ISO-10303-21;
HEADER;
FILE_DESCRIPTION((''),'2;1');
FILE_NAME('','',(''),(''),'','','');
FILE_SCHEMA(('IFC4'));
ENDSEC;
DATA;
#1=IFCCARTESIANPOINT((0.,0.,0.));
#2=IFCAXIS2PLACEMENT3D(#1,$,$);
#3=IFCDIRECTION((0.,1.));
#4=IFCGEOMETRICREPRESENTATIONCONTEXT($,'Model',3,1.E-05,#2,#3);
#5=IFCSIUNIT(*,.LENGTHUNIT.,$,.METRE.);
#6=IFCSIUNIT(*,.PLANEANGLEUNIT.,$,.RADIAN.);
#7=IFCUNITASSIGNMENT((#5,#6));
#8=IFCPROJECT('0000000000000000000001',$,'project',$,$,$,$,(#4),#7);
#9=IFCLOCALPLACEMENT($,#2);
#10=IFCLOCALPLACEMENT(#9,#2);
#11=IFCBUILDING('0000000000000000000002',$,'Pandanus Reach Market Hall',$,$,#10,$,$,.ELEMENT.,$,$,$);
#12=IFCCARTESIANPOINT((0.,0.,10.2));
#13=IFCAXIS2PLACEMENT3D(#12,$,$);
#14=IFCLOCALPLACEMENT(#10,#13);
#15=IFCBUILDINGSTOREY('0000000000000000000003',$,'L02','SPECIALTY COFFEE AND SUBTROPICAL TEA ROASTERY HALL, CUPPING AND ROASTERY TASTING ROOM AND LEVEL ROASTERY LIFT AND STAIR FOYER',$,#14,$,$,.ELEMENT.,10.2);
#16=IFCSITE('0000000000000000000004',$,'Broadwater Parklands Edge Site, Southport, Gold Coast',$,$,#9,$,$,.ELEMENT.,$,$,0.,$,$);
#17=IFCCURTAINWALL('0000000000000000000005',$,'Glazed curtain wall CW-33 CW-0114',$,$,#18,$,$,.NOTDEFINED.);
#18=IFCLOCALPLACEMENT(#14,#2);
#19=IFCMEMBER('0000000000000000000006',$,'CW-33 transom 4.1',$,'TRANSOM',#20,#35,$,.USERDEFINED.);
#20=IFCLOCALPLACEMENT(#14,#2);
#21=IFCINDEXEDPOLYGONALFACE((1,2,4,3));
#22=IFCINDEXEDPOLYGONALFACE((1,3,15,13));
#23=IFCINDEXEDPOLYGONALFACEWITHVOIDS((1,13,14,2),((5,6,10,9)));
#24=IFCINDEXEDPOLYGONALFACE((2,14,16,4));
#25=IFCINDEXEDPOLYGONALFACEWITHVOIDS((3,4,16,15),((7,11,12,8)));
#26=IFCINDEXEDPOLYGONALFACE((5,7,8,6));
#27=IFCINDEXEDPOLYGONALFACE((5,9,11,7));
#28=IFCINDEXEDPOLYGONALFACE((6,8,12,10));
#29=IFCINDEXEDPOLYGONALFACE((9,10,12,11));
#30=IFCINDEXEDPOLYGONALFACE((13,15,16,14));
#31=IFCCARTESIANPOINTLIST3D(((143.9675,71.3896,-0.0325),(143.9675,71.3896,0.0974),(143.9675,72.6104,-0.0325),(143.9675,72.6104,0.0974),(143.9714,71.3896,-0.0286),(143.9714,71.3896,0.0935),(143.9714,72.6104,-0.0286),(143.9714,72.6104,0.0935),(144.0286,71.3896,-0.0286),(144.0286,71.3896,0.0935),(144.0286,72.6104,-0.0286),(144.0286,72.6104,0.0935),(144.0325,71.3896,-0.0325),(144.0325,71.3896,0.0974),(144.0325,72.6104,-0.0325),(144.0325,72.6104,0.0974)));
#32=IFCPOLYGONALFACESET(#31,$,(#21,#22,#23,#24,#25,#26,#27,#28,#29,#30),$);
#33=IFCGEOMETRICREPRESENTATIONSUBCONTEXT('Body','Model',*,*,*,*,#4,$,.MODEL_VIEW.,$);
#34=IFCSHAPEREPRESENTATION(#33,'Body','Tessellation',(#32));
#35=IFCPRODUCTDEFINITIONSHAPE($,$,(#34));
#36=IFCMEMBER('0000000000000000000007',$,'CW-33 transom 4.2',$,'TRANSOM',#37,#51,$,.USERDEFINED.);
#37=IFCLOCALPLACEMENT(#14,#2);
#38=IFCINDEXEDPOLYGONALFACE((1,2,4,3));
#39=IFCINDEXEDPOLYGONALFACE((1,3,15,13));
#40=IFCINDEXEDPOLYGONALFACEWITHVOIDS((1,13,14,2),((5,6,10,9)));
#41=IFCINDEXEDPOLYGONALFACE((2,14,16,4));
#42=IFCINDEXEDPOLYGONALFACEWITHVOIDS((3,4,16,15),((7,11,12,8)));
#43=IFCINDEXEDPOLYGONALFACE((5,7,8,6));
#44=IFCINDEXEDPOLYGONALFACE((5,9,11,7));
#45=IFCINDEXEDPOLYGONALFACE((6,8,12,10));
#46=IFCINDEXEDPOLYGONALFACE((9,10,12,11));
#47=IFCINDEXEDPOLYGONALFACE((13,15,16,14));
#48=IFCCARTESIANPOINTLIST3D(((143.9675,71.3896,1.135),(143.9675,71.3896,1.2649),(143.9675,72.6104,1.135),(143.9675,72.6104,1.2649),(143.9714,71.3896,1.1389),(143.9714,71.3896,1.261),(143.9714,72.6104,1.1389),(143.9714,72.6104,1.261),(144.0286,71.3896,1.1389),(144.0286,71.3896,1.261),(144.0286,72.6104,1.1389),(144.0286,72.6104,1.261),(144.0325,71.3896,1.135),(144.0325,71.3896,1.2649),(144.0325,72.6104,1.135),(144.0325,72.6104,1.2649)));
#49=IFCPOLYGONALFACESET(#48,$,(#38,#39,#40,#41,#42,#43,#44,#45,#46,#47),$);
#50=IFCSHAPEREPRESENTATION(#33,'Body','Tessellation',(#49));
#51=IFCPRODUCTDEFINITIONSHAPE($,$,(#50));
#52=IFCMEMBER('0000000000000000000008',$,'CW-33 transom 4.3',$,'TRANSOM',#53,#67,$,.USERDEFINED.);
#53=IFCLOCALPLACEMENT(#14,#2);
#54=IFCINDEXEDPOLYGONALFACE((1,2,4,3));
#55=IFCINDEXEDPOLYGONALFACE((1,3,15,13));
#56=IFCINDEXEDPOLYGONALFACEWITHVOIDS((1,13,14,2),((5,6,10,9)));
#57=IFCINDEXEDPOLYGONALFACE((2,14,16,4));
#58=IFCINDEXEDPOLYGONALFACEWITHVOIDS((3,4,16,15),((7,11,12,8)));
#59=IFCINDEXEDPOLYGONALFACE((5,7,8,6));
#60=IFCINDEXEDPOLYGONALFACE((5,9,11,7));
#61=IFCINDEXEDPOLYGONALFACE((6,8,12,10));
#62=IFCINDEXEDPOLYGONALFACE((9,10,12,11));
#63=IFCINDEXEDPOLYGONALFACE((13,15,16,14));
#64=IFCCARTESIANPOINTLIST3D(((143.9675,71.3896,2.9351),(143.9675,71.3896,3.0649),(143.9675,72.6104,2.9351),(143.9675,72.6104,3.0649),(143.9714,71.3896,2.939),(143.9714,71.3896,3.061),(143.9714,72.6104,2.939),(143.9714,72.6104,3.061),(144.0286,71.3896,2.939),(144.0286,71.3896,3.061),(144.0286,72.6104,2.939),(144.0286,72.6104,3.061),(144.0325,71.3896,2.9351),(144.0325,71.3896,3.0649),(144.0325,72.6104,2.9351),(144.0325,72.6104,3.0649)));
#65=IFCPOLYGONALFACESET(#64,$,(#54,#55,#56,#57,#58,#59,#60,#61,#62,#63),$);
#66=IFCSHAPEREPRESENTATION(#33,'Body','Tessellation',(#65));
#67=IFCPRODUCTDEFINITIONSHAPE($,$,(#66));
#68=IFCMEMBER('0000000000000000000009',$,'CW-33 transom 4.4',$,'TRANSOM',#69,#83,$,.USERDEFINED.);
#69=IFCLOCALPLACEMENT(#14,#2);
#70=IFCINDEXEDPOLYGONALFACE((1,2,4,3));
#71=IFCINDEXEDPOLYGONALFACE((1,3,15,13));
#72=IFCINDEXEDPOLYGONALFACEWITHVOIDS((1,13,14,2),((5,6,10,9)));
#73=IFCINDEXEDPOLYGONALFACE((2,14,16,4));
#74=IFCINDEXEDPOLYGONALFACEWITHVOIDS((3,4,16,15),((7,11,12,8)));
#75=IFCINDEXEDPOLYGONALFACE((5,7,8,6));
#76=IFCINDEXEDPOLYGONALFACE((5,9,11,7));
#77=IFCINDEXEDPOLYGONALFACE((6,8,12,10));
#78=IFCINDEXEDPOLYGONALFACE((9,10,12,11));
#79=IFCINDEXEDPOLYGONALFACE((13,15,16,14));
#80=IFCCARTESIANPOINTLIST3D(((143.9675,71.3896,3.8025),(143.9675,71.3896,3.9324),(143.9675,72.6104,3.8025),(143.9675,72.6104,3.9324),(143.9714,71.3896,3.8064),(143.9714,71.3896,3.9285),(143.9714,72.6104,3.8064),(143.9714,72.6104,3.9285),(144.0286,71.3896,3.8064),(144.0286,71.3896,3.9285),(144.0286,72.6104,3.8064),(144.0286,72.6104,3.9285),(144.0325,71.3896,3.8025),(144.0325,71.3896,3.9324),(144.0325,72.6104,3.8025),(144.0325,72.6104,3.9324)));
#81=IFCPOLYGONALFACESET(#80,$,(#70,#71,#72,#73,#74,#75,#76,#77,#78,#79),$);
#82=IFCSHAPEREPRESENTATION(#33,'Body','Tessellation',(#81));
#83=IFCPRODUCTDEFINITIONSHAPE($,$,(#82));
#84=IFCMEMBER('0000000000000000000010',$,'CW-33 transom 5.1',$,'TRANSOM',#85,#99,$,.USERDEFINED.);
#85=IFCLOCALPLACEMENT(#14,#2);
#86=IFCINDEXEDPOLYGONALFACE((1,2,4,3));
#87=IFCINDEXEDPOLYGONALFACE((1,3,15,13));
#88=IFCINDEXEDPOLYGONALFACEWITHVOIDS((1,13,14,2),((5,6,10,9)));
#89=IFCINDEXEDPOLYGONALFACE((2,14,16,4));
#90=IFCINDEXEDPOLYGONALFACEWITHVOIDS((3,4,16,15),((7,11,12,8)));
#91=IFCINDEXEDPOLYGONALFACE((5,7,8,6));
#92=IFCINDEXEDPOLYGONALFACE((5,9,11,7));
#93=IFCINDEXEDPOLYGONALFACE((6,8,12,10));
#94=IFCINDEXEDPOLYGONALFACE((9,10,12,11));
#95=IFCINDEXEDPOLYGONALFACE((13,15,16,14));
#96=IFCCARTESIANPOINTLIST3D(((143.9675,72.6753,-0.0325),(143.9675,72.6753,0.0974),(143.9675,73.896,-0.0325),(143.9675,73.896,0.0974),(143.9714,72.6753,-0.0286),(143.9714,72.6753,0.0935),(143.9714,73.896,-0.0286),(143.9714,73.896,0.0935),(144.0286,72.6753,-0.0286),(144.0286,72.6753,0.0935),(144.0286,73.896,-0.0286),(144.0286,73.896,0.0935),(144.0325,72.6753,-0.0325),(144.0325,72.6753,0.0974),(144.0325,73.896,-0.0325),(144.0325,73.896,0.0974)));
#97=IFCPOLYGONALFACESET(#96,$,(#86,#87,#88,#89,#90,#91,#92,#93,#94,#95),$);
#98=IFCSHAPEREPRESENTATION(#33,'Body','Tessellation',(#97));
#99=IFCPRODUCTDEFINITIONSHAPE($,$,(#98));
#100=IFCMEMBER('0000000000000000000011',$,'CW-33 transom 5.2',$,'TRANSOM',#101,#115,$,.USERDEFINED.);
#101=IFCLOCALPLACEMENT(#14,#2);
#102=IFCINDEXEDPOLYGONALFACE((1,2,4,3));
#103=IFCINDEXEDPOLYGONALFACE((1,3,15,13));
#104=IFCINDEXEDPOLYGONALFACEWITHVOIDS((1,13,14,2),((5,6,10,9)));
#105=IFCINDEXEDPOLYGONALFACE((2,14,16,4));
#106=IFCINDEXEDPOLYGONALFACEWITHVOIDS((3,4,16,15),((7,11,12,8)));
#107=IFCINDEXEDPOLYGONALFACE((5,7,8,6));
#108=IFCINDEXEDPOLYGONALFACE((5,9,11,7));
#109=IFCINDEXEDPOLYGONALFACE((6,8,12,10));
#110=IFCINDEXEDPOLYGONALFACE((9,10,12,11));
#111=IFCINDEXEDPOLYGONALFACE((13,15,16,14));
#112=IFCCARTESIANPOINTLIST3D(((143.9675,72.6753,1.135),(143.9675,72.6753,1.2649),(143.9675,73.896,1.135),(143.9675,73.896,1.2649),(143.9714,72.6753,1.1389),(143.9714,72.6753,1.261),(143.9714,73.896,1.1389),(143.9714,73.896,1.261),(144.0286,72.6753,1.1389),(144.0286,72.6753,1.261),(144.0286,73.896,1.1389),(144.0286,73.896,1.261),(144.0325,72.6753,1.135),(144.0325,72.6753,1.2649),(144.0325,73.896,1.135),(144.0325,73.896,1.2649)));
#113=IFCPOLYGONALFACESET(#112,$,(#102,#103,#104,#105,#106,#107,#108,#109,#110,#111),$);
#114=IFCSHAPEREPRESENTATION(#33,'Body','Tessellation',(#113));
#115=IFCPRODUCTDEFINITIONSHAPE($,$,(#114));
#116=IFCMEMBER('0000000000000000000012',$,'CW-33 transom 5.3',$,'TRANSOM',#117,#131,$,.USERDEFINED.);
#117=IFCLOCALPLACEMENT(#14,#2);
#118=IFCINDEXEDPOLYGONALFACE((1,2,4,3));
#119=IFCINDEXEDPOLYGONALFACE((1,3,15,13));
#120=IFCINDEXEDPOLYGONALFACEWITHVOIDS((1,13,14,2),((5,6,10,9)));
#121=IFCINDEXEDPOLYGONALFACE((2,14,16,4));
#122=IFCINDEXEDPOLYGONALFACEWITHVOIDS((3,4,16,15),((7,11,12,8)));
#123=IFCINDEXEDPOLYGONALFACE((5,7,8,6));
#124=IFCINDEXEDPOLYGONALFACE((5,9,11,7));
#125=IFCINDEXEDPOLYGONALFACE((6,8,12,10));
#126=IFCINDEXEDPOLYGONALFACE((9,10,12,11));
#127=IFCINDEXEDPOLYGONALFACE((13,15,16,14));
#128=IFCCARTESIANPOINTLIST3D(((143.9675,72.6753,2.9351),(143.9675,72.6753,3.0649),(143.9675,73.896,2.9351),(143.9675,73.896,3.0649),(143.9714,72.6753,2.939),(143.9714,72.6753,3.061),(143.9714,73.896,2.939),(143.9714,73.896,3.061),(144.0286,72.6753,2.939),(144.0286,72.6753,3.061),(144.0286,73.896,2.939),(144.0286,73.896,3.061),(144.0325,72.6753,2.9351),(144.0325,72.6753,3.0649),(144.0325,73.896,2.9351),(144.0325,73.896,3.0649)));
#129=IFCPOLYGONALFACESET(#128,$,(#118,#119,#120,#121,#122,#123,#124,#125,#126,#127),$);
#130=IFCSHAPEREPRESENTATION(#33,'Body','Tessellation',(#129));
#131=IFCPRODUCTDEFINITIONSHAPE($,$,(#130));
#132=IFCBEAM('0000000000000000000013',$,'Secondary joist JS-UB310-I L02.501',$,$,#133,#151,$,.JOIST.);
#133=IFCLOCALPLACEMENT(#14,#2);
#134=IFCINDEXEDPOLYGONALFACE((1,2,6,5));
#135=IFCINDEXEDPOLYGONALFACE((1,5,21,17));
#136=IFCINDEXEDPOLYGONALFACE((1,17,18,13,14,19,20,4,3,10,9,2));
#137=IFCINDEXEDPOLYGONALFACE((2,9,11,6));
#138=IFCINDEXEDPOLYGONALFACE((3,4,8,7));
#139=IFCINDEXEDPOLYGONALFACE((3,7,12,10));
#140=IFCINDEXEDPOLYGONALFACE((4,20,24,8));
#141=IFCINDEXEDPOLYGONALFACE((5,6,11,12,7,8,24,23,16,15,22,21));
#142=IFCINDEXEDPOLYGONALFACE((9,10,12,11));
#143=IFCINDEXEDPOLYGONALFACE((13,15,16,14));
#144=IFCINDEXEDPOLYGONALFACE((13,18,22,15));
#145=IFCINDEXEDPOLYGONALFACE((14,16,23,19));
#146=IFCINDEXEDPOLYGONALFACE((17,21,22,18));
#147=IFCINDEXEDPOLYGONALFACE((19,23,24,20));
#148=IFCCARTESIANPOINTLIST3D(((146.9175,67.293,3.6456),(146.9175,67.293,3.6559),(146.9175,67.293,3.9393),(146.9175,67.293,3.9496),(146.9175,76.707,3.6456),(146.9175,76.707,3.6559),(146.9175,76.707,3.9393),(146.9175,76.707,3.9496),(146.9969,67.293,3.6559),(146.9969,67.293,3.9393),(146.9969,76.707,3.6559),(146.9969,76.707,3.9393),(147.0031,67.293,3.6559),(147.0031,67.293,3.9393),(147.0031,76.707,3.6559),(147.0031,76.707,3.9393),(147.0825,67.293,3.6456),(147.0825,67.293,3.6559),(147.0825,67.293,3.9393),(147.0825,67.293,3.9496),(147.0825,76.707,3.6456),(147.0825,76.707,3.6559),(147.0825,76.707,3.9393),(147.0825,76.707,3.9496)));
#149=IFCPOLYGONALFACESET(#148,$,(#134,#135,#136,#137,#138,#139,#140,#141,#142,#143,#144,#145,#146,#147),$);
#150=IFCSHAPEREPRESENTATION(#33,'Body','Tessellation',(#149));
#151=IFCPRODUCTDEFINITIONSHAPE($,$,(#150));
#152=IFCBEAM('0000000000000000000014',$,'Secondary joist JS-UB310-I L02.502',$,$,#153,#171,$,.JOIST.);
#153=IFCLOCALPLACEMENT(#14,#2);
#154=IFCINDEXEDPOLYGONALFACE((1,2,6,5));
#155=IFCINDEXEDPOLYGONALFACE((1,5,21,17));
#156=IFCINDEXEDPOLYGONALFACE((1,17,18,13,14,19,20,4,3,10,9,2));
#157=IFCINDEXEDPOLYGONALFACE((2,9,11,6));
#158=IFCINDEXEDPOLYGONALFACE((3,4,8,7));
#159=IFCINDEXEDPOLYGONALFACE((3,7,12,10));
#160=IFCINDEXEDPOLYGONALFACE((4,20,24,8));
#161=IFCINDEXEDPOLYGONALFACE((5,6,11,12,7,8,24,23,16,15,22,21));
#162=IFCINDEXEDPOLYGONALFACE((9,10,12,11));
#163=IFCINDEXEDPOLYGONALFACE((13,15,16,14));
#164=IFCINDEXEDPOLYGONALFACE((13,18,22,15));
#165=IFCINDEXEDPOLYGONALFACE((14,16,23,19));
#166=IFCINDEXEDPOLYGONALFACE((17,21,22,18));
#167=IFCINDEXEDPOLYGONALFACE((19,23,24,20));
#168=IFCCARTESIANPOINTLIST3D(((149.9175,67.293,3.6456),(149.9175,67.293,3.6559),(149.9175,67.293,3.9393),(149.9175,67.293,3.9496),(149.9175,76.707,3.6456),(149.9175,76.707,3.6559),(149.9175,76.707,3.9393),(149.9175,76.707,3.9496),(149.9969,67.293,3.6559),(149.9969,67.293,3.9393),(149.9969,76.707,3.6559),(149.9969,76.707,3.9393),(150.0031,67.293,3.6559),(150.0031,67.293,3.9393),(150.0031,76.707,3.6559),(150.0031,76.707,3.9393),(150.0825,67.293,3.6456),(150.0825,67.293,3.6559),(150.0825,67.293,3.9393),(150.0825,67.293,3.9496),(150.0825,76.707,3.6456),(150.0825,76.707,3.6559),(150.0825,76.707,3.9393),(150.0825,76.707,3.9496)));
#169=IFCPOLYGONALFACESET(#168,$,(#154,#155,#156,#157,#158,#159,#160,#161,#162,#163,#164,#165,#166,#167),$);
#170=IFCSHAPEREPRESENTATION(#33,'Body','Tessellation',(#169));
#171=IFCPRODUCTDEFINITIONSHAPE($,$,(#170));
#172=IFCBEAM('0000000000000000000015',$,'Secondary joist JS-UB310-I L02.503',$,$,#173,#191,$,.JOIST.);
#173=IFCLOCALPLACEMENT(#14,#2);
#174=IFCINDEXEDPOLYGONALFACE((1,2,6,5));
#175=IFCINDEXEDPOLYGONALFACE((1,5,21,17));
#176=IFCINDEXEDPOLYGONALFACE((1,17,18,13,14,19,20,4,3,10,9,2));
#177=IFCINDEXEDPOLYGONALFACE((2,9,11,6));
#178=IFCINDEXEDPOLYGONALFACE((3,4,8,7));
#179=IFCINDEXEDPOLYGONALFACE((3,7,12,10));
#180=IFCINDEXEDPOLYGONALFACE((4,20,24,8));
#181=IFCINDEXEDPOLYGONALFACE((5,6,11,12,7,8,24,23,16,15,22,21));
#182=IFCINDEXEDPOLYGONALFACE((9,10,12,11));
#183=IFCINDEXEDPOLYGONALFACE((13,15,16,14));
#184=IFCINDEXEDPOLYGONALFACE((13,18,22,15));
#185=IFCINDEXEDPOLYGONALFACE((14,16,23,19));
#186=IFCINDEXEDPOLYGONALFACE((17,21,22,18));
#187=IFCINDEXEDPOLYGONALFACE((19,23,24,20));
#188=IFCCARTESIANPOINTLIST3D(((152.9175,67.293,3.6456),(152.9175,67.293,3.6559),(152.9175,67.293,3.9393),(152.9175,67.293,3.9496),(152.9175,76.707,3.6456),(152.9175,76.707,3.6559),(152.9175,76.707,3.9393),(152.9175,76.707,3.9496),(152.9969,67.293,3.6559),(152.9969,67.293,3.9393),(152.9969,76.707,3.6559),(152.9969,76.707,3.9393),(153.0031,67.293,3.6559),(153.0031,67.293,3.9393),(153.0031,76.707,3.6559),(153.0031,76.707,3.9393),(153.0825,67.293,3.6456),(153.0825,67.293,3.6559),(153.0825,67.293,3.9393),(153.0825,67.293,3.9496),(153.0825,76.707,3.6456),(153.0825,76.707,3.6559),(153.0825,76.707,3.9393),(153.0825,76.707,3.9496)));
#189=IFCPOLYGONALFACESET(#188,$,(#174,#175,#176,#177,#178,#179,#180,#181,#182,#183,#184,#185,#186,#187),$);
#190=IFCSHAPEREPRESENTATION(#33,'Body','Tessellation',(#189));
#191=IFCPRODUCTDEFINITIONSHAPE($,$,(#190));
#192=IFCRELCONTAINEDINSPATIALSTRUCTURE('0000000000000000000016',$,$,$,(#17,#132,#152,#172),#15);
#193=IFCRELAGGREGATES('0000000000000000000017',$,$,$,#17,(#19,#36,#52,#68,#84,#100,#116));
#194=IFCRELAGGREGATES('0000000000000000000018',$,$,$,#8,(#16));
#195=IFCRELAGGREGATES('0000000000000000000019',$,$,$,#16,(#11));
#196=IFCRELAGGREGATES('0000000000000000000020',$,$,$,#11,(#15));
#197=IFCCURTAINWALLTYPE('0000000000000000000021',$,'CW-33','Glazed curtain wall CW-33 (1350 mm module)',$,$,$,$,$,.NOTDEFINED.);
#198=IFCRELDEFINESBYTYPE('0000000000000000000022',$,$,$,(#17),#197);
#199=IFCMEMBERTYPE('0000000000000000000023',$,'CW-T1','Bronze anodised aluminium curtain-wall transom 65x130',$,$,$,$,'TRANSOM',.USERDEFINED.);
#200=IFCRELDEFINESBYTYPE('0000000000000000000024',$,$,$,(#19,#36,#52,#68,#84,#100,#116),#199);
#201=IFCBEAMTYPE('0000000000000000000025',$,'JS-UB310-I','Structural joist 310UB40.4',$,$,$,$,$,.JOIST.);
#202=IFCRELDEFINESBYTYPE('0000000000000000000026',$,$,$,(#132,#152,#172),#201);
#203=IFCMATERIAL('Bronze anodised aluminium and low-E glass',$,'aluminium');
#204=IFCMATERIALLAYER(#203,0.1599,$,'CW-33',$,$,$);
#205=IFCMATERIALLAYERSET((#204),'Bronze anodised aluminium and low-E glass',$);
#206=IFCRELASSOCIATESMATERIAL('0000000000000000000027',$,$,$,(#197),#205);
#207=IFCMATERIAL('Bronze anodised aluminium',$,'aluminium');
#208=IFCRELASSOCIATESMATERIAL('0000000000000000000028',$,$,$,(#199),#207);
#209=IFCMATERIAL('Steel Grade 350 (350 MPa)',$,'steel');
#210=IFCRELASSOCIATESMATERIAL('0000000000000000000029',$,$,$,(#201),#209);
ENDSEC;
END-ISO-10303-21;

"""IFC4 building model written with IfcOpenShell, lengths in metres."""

from ifc_helpers import new_model, si_unit, direction, frame, origin, origin_2d, place, context, subcontext, project, spatial, hollow_rectangle, i_section, extrude, material, layer, layer_set, material_profile, profile_set, type_object, element, aggregate, save


model = new_model("IFC4")

# Units and contexts
model_context = context("Model", 3, precision=1e-05, world=origin(), true_north=direction((0.0, 1.0)))
body_context = subcontext(model_context, "Body", "Model", "MODEL_VIEW")
ifc_project = project(units=[si_unit("LENGTHUNIT", "METRE"), si_unit("PLANEANGLEUNIT", "RADIAN")], contexts=[model_context])

# Site, building, storey
site_placement = place(None, origin())
site = spatial("IfcSite", under=ifc_project, at=site_placement, Name="Broadwater Parklands Edge Site, Southport, Gold Coast", CompositionType="ELEMENT", RefElevation=0.0)
building_placement = place(site_placement, origin())
building = spatial("IfcBuilding", under=site, at=building_placement, Name="Pandanus Reach Market Hall", CompositionType="ELEMENT")
storey_placement = place(building_placement, frame((0.0, 0.0, 10.2)))
storey = spatial("IfcBuildingStorey", under=building, at=storey_placement, Name="L02", Description="SPECIALTY COFFEE AND SUBTROPICAL TEA ROASTERY HALL, CUPPING AND ROASTERY TASTING ROOM AND LEVEL ROASTERY LIFT AND STAIR FOYER", CompositionType="ELEMENT", Elevation=10.2)

# Shared definitions
ifc_material_1 = material(Name="Steel Grade 350 (350 MPa)", Category="steel")

# Curtain wall, members
ifc_material_2 = material(Name="Bronze anodised aluminium and low-E glass", Category="aluminium")
ifc_layer_1 = layer(ifc_material_2, 0.1599, Name="CW-33")
ifc_layer_set_1 = layer_set([ifc_layer_1], Name="Bronze anodised aluminium and low-E glass")
curtain_wall_type = type_object("IfcCurtainWallType", Name="CW-33", Description="Glazed curtain wall CW-33 (1350 mm module)", PredefinedType="NOTDEFINED", material=ifc_layer_set_1)
curtain_wall_placement = place(storey_placement, origin())
curtain_wall = element("IfcCurtainWall", 1, at=curtain_wall_placement, inside=storey, type_object=curtain_wall_type, Name="Glazed curtain wall CW-33 CW-0114", PredefinedType="NOTDEFINED")
ifc_material_3 = material(Name="Bronze anodised aluminium", Category="aluminium")
ifc_material_profile_1 = material_profile(ifc_material_3, hollow_rectangle(XDim=0.0649, YDim=0.1299, WallThickness=0.0039, at=origin_2d()), Name="ALU65x130", Category="LoadBearing")
ifc_profile_set_1 = profile_set([ifc_material_profile_1], Name="Bronze anodised aluminium")
member_type_1 = type_object("IfcMemberType", Name="CW-T1", Description="Bronze anodised aluminium curtain-wall transom 65x130", ElementType="TRANSOM", PredefinedType="USERDEFINED", material=ifc_profile_set_1)
member_1_placement = place(storey_placement, frame((144.0, 71.3896, 0.0325), z_axis=(0.0, 1.0, 0.0), x_axis=(-1.0, 0.0, 0.0)))
member_1 = element("IfcMember", 2, at=member_1_placement, type_object=member_type_1, Name="CW-33 transom 4.1", ObjectType="TRANSOM", PredefinedType="USERDEFINED", context=body_context, shape_type="SweptSolid", body=[
    extrude(hollow_rectangle(XDim=0.0649, YDim=0.1299, WallThickness=0.0039, at=origin_2d()), origin(), (0.0, 0.0, 1.0), 1.2207),
])
member_2_placement = place(storey_placement, frame((144.0, 71.3896, 1.2), z_axis=(0.0, 1.0, 0.0), x_axis=(-1.0, 0.0, 0.0)))
member_2 = element("IfcMember", 3, at=member_2_placement, type_object=member_type_1, Name="CW-33 transom 4.2", ObjectType="TRANSOM", PredefinedType="USERDEFINED", context=body_context, shape_type="SweptSolid", body=[
    extrude(hollow_rectangle(XDim=0.0649, YDim=0.1299, WallThickness=0.0039, at=origin_2d()), origin(), (0.0, 0.0, 1.0), 1.2207),
])
member_3_placement = place(storey_placement, frame((144.0, 71.3896, 3.0), z_axis=(0.0, 1.0, 0.0), x_axis=(-1.0, 0.0, 0.0)))
member_3 = element("IfcMember", 4, at=member_3_placement, type_object=member_type_1, Name="CW-33 transom 4.3", ObjectType="TRANSOM", PredefinedType="USERDEFINED", context=body_context, shape_type="SweptSolid", body=[
    extrude(hollow_rectangle(XDim=0.0649, YDim=0.1299, WallThickness=0.0039, at=origin_2d()), origin(), (0.0, 0.0, 1.0), 1.2207),
])
member_4_placement = place(storey_placement, frame((144.0, 71.3896, 3.8674), z_axis=(0.0, 1.0, 0.0), x_axis=(-1.0, 0.0, 0.0)))
member_4 = element("IfcMember", 5, at=member_4_placement, type_object=member_type_1, Name="CW-33 transom 4.4", ObjectType="TRANSOM", PredefinedType="USERDEFINED", context=body_context, shape_type="SweptSolid", body=[
    extrude(hollow_rectangle(XDim=0.0649, YDim=0.1299, WallThickness=0.0039, at=origin_2d()), origin(), (0.0, 0.0, 1.0), 1.2207),
])
member_5_placement = place(storey_placement, frame((144.0, 72.6753, 0.0325), z_axis=(0.0, 1.0, 0.0), x_axis=(-1.0, 0.0, 0.0)))
member_5 = element("IfcMember", 6, at=member_5_placement, type_object=member_type_1, Name="CW-33 transom 5.1", ObjectType="TRANSOM", PredefinedType="USERDEFINED", context=body_context, shape_type="SweptSolid", body=[
    extrude(hollow_rectangle(XDim=0.0649, YDim=0.1299, WallThickness=0.0039, at=origin_2d()), origin(), (0.0, 0.0, 1.0), 1.2207),
])
member_6_placement = place(storey_placement, frame((144.0, 72.6753, 1.2), z_axis=(0.0, 1.0, 0.0), x_axis=(-1.0, 0.0, 0.0)))
member_6 = element("IfcMember", 7, at=member_6_placement, type_object=member_type_1, Name="CW-33 transom 5.2", ObjectType="TRANSOM", PredefinedType="USERDEFINED", context=body_context, shape_type="SweptSolid", body=[
    extrude(hollow_rectangle(XDim=0.0649, YDim=0.1299, WallThickness=0.0039, at=origin_2d()), origin(), (0.0, 0.0, 1.0), 1.2207),
])
member_7_placement = place(storey_placement, frame((144.0, 72.6753, 3.0), z_axis=(0.0, 1.0, 0.0), x_axis=(-1.0, 0.0, 0.0)))
member_7 = element("IfcMember", 8, at=member_7_placement, type_object=member_type_1, Name="CW-33 transom 5.3", ObjectType="TRANSOM", PredefinedType="USERDEFINED", context=body_context, shape_type="SweptSolid", body=[
    extrude(hollow_rectangle(XDim=0.0649, YDim=0.1299, WallThickness=0.0039, at=origin_2d()), origin(), (0.0, 0.0, 1.0), 1.2207),
])

# Beams
ifc_material_profile_2 = material_profile(ifc_material_1, i_section(OverallWidth=0.165, OverallDepth=0.304, WebThickness=0.0061, FlangeThickness=0.0103, at=origin_2d()), Name="310UB40.4", Category="LoadBearing")
ifc_profile_set_2 = profile_set([ifc_material_profile_2], Name="Steel Grade 350 (350 MPa)")
beam_type_1 = type_object("IfcBeamType", Name="JS-UB310-I", Description="Structural joist 310UB40.4", PredefinedType="JOIST", material=ifc_profile_set_2)
for number, where, z_axis, x_axis, name in (
    (9, (147.0, 67.293, 3.7976), (0.0, 1.0, 0.0), (-1.0, 0.0, 0.0), "Secondary joist JS-UB310-I L02.501"),
    (10, (150.0, 67.293, 3.7976), (0.0, 1.0, 0.0), (-1.0, 0.0, 0.0), "Secondary joist JS-UB310-I L02.502"),
    (11, (153.0, 67.293, 3.7976), (0.0, 1.0, 0.0), (-1.0, 0.0, 0.0), "Secondary joist JS-UB310-I L02.503"),
):
    element("IfcBeam", number, at=place(storey_placement, frame(where, z_axis=z_axis, x_axis=x_axis)), inside=storey, type_object=beam_type_1, Name=name, PredefinedType="JOIST", context=body_context, shape_type="SweptSolid", body=[
        extrude(i_section(OverallWidth=0.165, OverallDepth=0.304, WebThickness=0.0061, FlangeThickness=0.0103, at=origin_2d()), origin(), (0.0, 0.0, 1.0), 9.4141),
    ])

aggregate(curtain_wall, [member_1, member_2, member_3, member_4, member_5, member_6, member_7])

save(model, "model.ifc")
